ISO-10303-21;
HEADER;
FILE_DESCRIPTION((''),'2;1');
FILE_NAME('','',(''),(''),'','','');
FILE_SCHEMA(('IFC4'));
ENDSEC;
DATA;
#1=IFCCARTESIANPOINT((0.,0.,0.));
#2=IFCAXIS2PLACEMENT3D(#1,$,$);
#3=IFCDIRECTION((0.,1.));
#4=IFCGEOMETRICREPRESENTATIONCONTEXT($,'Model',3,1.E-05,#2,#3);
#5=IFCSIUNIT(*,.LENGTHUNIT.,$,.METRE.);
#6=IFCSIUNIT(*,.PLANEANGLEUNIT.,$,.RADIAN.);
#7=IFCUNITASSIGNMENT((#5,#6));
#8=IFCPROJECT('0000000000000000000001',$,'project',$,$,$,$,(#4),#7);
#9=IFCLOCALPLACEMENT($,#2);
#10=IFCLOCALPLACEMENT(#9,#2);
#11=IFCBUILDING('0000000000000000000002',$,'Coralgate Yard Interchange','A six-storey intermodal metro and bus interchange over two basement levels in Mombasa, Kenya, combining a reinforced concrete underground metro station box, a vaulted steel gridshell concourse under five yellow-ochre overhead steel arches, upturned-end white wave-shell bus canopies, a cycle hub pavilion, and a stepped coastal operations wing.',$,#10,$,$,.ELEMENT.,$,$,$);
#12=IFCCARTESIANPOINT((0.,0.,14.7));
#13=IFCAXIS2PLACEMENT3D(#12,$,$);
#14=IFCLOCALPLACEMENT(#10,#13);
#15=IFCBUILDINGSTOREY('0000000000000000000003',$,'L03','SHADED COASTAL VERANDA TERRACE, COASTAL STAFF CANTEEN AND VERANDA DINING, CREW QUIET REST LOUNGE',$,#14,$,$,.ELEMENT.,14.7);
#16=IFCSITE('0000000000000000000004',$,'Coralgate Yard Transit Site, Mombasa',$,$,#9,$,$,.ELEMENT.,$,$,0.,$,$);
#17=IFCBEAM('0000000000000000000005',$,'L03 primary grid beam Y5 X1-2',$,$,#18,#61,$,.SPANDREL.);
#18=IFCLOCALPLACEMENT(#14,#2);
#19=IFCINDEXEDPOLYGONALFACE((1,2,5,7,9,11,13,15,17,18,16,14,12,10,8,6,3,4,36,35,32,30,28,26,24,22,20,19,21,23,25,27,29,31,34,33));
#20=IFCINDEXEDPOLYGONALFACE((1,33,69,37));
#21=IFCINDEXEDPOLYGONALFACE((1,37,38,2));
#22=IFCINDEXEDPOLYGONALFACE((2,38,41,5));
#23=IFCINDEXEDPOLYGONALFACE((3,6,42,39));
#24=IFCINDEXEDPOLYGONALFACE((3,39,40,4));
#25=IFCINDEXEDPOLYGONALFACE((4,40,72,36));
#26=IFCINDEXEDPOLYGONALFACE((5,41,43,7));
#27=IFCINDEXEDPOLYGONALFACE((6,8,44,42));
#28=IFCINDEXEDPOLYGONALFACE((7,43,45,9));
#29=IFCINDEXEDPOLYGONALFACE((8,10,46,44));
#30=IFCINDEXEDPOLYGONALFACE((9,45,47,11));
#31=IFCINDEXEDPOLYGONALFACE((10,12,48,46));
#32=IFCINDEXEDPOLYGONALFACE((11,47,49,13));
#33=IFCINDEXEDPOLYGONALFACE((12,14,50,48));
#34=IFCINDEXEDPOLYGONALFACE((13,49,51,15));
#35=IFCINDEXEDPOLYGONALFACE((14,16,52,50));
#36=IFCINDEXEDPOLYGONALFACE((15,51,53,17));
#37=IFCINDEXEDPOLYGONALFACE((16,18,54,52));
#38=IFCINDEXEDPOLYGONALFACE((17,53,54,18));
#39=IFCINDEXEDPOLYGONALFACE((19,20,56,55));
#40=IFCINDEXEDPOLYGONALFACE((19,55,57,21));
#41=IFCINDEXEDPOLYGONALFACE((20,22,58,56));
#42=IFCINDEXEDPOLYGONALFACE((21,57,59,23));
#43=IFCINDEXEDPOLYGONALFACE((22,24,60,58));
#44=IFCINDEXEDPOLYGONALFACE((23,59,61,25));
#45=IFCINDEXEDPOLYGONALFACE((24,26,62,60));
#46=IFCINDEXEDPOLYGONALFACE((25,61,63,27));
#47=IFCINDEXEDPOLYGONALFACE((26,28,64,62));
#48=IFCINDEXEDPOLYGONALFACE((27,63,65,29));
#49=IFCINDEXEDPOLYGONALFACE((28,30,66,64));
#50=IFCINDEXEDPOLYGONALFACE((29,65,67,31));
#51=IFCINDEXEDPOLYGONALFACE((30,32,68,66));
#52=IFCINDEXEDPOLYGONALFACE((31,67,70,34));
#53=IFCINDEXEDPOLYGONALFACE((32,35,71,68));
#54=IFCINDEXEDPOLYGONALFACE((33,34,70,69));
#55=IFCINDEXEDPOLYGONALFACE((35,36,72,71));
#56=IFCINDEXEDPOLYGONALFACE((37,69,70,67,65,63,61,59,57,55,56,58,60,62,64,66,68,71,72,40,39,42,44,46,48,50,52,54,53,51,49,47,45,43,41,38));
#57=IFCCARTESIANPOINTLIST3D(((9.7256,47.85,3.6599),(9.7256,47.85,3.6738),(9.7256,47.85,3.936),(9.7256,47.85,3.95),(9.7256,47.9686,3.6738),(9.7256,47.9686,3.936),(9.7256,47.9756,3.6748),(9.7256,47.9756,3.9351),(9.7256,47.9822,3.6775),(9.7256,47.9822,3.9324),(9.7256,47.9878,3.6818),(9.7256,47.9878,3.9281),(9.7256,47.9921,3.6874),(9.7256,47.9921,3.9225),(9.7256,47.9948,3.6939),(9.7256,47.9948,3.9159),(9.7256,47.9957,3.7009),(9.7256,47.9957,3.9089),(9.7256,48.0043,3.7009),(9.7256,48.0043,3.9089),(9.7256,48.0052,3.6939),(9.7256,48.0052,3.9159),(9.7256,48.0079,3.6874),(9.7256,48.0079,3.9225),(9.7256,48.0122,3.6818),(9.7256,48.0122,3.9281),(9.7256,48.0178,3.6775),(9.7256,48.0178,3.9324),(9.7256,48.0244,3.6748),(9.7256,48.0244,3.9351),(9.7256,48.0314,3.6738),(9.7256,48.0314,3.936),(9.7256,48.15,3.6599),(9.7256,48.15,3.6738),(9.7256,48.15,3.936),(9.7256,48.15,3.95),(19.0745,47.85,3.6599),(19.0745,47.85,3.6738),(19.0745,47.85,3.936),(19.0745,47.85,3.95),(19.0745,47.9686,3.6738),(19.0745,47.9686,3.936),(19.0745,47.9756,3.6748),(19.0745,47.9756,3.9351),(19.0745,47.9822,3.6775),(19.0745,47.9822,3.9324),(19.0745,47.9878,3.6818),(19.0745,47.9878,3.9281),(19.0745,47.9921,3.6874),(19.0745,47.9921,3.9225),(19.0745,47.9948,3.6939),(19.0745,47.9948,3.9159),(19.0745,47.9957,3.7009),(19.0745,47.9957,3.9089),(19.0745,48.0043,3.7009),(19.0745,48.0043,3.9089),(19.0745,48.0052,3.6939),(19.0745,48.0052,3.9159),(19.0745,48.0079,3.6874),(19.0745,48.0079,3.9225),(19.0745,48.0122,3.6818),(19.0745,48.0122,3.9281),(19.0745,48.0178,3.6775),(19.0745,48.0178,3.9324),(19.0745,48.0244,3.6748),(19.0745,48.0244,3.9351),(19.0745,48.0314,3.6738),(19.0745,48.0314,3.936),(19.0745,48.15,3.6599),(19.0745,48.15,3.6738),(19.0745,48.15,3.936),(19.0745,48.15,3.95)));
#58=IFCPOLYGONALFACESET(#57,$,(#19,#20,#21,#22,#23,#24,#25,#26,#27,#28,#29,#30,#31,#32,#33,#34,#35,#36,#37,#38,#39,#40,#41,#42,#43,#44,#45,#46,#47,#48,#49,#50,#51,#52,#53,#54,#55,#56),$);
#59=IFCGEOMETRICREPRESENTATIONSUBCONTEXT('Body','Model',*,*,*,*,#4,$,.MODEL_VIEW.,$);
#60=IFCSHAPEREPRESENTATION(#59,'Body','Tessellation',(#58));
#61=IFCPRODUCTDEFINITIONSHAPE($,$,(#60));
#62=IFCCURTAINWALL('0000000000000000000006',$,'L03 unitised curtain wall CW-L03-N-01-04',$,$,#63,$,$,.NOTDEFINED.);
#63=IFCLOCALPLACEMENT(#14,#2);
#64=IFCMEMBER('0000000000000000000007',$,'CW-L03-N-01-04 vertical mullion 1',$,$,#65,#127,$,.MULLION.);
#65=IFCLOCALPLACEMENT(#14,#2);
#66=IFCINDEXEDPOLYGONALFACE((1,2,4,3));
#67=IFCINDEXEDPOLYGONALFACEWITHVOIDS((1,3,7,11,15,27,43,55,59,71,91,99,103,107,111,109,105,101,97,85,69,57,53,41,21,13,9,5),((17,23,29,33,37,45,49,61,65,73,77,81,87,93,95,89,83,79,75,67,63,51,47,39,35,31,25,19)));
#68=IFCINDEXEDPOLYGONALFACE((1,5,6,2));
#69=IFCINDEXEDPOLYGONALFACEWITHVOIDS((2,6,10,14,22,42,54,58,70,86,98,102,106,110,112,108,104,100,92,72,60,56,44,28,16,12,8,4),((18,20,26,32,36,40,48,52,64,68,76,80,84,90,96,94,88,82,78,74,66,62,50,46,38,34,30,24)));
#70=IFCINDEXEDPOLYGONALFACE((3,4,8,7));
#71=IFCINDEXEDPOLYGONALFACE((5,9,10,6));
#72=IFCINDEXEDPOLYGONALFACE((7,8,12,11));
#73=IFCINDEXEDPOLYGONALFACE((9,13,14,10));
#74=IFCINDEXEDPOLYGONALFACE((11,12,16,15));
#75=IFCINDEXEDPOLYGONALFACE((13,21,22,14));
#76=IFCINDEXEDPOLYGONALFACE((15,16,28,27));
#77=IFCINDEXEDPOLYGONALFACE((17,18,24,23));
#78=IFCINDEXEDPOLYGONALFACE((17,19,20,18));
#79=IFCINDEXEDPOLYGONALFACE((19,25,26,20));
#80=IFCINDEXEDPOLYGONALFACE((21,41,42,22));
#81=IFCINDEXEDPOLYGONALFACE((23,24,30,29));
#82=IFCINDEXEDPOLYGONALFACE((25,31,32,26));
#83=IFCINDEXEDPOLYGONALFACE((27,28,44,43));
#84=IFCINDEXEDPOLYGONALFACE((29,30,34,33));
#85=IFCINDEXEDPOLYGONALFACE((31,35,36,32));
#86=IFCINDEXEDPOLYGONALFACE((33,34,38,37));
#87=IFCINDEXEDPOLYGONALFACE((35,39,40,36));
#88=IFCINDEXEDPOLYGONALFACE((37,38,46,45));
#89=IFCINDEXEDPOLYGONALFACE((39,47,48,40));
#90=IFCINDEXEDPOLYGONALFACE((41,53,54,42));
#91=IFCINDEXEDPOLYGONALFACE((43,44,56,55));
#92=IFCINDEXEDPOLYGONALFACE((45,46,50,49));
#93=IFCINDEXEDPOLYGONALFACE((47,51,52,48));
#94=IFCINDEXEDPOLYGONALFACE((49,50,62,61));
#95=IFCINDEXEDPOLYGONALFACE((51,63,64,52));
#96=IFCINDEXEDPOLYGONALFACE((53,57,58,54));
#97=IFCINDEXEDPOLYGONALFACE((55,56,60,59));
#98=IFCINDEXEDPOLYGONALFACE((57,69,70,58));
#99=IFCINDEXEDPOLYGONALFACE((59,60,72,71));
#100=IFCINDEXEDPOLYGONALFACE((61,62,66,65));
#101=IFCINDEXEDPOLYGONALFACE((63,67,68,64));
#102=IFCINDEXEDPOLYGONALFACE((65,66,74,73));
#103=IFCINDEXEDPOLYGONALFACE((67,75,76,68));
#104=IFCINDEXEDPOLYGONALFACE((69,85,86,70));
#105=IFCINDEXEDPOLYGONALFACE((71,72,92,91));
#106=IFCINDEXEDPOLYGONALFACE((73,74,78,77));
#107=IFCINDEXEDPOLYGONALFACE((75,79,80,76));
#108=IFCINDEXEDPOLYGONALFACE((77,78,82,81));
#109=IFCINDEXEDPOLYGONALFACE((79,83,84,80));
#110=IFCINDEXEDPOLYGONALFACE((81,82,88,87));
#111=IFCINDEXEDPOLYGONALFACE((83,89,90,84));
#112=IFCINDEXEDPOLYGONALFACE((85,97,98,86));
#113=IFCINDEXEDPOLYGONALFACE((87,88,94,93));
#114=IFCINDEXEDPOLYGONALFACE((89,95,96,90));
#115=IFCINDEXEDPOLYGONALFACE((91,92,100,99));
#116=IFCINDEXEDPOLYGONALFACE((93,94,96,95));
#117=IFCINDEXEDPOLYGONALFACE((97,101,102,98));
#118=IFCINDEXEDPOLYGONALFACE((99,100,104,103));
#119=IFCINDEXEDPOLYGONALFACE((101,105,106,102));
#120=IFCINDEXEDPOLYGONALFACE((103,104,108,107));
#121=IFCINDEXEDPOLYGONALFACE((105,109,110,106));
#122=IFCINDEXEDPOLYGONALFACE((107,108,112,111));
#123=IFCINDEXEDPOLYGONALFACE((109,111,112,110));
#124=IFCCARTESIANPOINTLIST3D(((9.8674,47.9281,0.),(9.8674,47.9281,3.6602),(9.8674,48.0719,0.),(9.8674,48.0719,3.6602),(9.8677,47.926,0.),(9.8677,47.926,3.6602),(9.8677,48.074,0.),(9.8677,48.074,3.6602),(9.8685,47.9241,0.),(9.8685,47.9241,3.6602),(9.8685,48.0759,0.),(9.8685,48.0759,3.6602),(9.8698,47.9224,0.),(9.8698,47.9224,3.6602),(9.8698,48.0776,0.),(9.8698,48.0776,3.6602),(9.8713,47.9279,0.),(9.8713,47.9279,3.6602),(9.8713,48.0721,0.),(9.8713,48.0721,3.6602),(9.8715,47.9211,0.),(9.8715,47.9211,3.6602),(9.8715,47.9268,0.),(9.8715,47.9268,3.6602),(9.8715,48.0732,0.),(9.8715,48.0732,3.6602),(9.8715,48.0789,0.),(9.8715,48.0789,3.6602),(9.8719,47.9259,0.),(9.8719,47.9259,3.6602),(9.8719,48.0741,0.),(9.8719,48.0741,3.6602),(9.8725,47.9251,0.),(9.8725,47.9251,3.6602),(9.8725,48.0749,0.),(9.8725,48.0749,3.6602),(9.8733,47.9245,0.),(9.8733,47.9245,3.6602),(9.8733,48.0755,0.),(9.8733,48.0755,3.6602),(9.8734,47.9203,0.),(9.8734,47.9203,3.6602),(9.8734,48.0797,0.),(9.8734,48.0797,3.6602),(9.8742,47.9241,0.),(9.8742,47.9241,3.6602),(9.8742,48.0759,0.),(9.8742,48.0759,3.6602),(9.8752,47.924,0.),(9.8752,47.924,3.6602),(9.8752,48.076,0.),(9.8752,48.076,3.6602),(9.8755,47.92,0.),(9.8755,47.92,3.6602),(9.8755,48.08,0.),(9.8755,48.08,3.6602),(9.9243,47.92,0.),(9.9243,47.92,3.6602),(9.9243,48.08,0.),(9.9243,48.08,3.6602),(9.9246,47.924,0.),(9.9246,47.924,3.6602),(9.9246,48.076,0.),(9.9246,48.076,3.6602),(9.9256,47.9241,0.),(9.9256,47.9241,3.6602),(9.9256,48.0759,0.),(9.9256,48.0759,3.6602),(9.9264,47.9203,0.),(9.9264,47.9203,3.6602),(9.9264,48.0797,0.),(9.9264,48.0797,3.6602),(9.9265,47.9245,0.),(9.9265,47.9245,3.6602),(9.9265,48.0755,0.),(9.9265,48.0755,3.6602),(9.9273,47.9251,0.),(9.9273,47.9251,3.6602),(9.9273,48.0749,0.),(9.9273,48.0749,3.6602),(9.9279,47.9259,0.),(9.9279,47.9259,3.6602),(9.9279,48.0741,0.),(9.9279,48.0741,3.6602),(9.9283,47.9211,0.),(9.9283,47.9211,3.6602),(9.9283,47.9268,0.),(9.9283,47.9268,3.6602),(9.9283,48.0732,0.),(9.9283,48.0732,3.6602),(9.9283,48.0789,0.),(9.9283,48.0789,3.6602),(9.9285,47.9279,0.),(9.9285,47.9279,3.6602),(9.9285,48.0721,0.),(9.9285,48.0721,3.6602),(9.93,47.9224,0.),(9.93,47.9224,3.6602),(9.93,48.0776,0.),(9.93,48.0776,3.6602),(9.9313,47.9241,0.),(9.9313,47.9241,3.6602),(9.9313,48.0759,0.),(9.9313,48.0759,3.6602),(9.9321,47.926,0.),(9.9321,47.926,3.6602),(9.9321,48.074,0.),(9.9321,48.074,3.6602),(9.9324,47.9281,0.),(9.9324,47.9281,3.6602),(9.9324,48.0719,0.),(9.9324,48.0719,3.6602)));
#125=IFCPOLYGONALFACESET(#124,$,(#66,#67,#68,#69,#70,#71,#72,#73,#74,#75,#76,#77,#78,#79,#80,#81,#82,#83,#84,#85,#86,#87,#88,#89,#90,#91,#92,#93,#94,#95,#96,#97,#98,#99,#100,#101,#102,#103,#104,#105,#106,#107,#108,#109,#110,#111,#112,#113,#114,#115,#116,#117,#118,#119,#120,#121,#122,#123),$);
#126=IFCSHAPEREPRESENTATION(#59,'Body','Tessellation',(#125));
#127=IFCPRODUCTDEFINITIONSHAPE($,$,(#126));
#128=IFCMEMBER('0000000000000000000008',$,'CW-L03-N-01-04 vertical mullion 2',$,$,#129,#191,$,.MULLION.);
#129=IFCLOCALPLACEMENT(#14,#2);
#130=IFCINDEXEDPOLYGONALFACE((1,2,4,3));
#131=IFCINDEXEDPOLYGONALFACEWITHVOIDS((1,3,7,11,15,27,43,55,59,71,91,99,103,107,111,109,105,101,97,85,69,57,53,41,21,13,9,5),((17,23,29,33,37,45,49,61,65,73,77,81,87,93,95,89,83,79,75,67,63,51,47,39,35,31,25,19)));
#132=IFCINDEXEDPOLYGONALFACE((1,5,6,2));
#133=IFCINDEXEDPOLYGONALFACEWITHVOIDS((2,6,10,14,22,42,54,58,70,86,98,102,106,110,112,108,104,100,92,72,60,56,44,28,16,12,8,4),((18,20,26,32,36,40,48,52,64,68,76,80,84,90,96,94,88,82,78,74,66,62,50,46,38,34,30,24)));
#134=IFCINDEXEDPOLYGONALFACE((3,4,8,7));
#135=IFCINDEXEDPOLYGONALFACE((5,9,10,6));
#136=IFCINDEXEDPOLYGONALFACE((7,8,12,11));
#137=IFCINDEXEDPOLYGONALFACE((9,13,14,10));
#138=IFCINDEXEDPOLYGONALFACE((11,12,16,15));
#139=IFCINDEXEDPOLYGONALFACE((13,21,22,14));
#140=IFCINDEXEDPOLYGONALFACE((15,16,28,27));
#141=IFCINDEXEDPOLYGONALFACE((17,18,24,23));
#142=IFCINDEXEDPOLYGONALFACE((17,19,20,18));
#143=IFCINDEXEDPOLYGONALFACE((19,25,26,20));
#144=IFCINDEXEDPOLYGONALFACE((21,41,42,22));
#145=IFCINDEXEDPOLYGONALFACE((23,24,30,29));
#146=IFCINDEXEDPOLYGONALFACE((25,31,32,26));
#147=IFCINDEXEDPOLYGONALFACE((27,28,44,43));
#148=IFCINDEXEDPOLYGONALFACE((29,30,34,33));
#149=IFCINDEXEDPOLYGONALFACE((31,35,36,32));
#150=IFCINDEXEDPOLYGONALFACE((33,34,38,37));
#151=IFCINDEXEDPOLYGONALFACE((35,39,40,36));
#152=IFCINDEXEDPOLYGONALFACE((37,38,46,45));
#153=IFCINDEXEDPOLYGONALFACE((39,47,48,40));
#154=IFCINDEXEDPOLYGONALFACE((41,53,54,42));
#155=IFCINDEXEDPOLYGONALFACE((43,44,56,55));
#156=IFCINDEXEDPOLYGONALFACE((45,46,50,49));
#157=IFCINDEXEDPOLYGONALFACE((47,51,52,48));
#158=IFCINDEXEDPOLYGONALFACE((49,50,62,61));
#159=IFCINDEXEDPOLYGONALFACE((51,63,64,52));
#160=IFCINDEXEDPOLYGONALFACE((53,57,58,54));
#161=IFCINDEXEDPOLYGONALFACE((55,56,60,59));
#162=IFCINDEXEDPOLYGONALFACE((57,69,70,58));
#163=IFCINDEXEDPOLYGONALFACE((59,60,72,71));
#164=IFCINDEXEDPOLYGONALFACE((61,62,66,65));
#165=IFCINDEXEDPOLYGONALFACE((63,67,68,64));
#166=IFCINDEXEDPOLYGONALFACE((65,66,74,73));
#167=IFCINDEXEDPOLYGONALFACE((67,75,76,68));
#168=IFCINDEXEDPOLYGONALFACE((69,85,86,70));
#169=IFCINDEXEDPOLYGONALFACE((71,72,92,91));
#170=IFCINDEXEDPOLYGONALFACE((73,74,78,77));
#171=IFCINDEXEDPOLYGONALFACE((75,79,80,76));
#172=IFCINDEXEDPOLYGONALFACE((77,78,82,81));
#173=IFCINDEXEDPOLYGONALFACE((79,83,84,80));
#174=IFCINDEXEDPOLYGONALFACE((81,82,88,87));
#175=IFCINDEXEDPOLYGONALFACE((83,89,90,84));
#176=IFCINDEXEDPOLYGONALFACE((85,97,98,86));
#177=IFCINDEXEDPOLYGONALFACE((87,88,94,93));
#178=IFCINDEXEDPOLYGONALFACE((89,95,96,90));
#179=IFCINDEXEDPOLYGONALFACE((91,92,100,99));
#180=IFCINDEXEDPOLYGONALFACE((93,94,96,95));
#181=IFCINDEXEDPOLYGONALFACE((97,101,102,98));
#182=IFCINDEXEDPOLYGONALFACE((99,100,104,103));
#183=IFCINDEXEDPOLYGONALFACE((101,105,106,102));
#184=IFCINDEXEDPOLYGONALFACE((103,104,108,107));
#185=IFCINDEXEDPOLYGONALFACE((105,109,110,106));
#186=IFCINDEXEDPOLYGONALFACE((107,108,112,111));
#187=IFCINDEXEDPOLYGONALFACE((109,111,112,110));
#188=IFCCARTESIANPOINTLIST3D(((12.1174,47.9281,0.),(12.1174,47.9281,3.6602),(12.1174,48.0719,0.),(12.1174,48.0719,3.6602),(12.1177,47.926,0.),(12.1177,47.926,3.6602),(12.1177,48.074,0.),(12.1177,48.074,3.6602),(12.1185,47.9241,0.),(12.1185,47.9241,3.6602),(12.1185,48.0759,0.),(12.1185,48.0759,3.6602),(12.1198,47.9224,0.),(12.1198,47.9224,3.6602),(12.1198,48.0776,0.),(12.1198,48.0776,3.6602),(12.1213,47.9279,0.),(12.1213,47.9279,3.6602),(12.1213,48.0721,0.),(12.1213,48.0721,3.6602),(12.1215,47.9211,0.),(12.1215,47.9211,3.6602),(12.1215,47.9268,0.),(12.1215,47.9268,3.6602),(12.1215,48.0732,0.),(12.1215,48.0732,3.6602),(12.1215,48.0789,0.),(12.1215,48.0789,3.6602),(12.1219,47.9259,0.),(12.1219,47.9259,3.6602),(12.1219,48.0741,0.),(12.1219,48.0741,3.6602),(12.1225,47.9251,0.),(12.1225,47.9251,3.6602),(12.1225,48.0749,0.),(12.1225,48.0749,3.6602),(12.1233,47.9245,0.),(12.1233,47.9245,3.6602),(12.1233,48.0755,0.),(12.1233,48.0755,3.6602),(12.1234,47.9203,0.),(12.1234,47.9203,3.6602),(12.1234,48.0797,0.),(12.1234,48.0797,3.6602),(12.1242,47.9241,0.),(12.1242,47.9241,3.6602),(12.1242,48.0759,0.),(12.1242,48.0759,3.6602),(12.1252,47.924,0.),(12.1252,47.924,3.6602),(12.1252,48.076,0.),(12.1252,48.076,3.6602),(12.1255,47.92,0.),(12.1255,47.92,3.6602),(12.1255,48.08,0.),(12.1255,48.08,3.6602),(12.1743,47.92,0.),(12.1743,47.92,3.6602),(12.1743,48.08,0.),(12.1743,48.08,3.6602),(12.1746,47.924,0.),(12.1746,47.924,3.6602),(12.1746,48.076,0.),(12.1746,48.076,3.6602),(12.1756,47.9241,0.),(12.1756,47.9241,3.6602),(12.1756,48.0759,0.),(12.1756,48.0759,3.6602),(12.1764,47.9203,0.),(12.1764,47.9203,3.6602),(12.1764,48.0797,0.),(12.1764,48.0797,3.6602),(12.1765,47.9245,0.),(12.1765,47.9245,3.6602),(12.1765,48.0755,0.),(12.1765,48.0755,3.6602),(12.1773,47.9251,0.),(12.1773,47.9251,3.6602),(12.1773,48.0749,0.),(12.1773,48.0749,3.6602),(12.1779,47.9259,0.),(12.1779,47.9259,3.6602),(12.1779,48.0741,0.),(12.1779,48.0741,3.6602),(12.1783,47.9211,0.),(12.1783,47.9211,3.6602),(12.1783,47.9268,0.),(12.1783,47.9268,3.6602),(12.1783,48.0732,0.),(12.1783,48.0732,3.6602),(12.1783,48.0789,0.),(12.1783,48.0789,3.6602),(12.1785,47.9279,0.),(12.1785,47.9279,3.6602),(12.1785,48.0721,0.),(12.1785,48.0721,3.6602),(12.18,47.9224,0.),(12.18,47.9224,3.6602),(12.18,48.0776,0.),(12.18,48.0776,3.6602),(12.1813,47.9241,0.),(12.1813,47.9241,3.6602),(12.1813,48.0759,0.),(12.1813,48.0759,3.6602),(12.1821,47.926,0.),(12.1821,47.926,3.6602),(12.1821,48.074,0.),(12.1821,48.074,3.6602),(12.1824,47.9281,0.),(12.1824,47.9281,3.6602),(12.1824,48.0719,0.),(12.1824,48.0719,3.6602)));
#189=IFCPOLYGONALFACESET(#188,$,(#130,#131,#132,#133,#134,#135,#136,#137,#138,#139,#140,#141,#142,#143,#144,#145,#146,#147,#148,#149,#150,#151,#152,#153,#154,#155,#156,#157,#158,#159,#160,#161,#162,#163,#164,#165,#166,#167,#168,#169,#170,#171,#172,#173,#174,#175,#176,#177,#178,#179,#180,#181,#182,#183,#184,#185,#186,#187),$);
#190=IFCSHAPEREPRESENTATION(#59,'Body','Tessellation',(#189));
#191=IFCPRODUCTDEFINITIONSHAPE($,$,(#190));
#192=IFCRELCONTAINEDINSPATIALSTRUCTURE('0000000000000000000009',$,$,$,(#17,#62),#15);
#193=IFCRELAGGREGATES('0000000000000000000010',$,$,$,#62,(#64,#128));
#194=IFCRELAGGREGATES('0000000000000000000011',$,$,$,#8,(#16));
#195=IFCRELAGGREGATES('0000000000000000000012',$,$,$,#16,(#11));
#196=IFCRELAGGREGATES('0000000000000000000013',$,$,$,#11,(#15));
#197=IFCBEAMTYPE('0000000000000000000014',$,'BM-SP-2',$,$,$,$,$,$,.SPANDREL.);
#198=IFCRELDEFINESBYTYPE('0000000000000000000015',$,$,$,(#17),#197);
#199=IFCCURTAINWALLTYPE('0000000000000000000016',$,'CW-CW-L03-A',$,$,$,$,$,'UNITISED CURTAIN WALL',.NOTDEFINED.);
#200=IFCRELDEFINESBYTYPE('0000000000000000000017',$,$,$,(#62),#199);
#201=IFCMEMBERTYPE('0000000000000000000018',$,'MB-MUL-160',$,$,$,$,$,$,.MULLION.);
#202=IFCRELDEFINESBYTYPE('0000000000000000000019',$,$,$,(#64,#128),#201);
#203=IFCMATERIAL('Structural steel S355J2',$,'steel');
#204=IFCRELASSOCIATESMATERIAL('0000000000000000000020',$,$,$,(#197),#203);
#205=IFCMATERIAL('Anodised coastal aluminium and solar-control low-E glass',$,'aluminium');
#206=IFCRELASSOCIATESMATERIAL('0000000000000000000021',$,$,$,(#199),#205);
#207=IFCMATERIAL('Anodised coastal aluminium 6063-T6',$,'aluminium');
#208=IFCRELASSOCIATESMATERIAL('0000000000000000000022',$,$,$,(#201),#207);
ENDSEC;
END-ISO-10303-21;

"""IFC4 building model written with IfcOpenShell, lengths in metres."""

from ifc_helpers import new_model, si_unit, direction, frame, origin, origin_2d, place, context, subcontext, project, spatial, hollow_rectangle, i_section, extrude, material, material_profile, profile_set, type_object, element, aggregate, save


model = new_model("IFC4")

# Units and contexts
model_context = context("Model", 3, precision=1e-05, world=origin(), true_north=direction((0.0, 1.0)))
body_context = subcontext(model_context, "Body", "Model", "MODEL_VIEW")
ifc_project = project(units=[si_unit("LENGTHUNIT", "METRE"), si_unit("PLANEANGLEUNIT", "RADIAN")], contexts=[model_context])

# Site, building, storey
site_placement = place(None, origin())
site = spatial("IfcSite", under=ifc_project, at=site_placement, Name="Coralgate Yard Transit Site, Mombasa", CompositionType="ELEMENT", RefElevation=0.0)
building_placement = place(site_placement, origin())
building = spatial("IfcBuilding", under=site, at=building_placement, Name="Coralgate Yard Interchange", Description="A six-storey intermodal metro and bus interchange over two basement levels in Mombasa, Kenya, combining a reinforced concrete underground metro station box, a vaulted steel gridshell concourse under five yellow-ochre overhead steel arches, upturned-end white wave-shell bus canopies, a cycle hub pavilion, and a stepped coastal operations wing.", CompositionType="ELEMENT")
storey_placement = place(building_placement, frame((0.0, 0.0, 14.7)))
storey = spatial("IfcBuildingStorey", under=building, at=storey_placement, Name="L03", Description="SHADED COASTAL VERANDA TERRACE, COASTAL STAFF CANTEEN AND VERANDA DINING, CREW QUIET REST LOUNGE", CompositionType="ELEMENT", Elevation=14.7)

# Shared definitions
ifc_material_1 = material(Name="Structural steel S355J2", Category="steel")

# Beam
ifc_material_profile_1 = material_profile(ifc_material_1, i_section(OverallWidth=0.3, OverallDepth=0.29, WebThickness=0.0085, FlangeThickness=0.0139, FilletRadius=0.0271, at=origin_2d()), Name="HEA 300")
ifc_profile_set_1 = profile_set([ifc_material_profile_1], Name="Structural steel S355J2")
beam_type_1 = type_object("IfcBeamType", Name="BM-SP-2", PredefinedType="SPANDREL", material=ifc_profile_set_1)
beam_1_placement = place(storey_placement, frame((9.7256, 48.0, 3.8049), z_axis=(1.0, 0.0, 0.0), x_axis=(0.0, 1.0, 0.0)))
element("IfcBeam", 1, at=beam_1_placement, inside=storey, type_object=beam_type_1, Name="L03 primary grid beam Y5 X1-2", PredefinedType="SPANDREL", context=body_context, shape_type="SweptSolid", body=[
    extrude(i_section(OverallWidth=0.3, OverallDepth=0.29, WebThickness=0.0085, FlangeThickness=0.0139, FilletRadius=0.0271, at=origin_2d()), origin(), (0.0, 0.0, 1.0), 9.3489),
])

# Curtain wall, members
ifc_material_2 = material(Name="Anodised coastal aluminium and solar-control low-E glass", Category="aluminium")
curtain_wall_type = type_object("IfcCurtainWallType", Name="CW-CW-L03-A", ElementType="UNITISED CURTAIN WALL", PredefinedType="NOTDEFINED", material=ifc_material_2)
curtain_wall_placement = place(storey_placement, origin())
curtain_wall = element("IfcCurtainWall", 2, at=curtain_wall_placement, inside=storey, type_object=curtain_wall_type, Name="L03 unitised curtain wall CW-L03-N-01-04", PredefinedType="NOTDEFINED")
ifc_material_3 = material(Name="Anodised coastal aluminium 6063-T6", Category="aluminium")
ifc_material_profile_2 = material_profile(ifc_material_3, hollow_rectangle(XDim=0.0649, YDim=0.1599, WallThickness=0.0039, InnerFilletRadius=0.0039, OuterFilletRadius=0.0081, at=origin_2d()), Name="ALU 65x160x4")
ifc_profile_set_2 = profile_set([ifc_material_profile_2], Name="Anodised coastal aluminium 6063-T6")
member_type_1 = type_object("IfcMemberType", Name="MB-MUL-160", PredefinedType="MULLION", material=ifc_profile_set_2)
member_1_placement = place(storey_placement, frame((9.8999, 48.0, 0.0), z_axis=(0.0, 0.0, 1.0), x_axis=(1.0, 0.0, 0.0)))
member_1 = element("IfcMember", 3, at=member_1_placement, type_object=member_type_1, Name="CW-L03-N-01-04 vertical mullion 1", PredefinedType="MULLION", context=body_context, shape_type="SweptSolid", body=[
    extrude(hollow_rectangle(XDim=0.0649, YDim=0.1599, WallThickness=0.0039, InnerFilletRadius=0.0039, OuterFilletRadius=0.0081, at=origin_2d()), origin(), (0.0, 0.0, 1.0), 3.6602),
])
member_2_placement = place(storey_placement, frame((12.1499, 48.0, 0.0), z_axis=(0.0, 0.0, 1.0), x_axis=(1.0, 0.0, 0.0)))
member_2 = element("IfcMember", 4, at=member_2_placement, type_object=member_type_1, Name="CW-L03-N-01-04 vertical mullion 2", PredefinedType="MULLION", context=body_context, shape_type="SweptSolid", body=[
    extrude(hollow_rectangle(XDim=0.0649, YDim=0.1599, WallThickness=0.0039, InnerFilletRadius=0.0039, OuterFilletRadius=0.0081, at=origin_2d()), origin(), (0.0, 0.0, 1.0), 3.6602),
])
aggregate(curtain_wall, [member_1, member_2])

save(model, "model.ifc")
